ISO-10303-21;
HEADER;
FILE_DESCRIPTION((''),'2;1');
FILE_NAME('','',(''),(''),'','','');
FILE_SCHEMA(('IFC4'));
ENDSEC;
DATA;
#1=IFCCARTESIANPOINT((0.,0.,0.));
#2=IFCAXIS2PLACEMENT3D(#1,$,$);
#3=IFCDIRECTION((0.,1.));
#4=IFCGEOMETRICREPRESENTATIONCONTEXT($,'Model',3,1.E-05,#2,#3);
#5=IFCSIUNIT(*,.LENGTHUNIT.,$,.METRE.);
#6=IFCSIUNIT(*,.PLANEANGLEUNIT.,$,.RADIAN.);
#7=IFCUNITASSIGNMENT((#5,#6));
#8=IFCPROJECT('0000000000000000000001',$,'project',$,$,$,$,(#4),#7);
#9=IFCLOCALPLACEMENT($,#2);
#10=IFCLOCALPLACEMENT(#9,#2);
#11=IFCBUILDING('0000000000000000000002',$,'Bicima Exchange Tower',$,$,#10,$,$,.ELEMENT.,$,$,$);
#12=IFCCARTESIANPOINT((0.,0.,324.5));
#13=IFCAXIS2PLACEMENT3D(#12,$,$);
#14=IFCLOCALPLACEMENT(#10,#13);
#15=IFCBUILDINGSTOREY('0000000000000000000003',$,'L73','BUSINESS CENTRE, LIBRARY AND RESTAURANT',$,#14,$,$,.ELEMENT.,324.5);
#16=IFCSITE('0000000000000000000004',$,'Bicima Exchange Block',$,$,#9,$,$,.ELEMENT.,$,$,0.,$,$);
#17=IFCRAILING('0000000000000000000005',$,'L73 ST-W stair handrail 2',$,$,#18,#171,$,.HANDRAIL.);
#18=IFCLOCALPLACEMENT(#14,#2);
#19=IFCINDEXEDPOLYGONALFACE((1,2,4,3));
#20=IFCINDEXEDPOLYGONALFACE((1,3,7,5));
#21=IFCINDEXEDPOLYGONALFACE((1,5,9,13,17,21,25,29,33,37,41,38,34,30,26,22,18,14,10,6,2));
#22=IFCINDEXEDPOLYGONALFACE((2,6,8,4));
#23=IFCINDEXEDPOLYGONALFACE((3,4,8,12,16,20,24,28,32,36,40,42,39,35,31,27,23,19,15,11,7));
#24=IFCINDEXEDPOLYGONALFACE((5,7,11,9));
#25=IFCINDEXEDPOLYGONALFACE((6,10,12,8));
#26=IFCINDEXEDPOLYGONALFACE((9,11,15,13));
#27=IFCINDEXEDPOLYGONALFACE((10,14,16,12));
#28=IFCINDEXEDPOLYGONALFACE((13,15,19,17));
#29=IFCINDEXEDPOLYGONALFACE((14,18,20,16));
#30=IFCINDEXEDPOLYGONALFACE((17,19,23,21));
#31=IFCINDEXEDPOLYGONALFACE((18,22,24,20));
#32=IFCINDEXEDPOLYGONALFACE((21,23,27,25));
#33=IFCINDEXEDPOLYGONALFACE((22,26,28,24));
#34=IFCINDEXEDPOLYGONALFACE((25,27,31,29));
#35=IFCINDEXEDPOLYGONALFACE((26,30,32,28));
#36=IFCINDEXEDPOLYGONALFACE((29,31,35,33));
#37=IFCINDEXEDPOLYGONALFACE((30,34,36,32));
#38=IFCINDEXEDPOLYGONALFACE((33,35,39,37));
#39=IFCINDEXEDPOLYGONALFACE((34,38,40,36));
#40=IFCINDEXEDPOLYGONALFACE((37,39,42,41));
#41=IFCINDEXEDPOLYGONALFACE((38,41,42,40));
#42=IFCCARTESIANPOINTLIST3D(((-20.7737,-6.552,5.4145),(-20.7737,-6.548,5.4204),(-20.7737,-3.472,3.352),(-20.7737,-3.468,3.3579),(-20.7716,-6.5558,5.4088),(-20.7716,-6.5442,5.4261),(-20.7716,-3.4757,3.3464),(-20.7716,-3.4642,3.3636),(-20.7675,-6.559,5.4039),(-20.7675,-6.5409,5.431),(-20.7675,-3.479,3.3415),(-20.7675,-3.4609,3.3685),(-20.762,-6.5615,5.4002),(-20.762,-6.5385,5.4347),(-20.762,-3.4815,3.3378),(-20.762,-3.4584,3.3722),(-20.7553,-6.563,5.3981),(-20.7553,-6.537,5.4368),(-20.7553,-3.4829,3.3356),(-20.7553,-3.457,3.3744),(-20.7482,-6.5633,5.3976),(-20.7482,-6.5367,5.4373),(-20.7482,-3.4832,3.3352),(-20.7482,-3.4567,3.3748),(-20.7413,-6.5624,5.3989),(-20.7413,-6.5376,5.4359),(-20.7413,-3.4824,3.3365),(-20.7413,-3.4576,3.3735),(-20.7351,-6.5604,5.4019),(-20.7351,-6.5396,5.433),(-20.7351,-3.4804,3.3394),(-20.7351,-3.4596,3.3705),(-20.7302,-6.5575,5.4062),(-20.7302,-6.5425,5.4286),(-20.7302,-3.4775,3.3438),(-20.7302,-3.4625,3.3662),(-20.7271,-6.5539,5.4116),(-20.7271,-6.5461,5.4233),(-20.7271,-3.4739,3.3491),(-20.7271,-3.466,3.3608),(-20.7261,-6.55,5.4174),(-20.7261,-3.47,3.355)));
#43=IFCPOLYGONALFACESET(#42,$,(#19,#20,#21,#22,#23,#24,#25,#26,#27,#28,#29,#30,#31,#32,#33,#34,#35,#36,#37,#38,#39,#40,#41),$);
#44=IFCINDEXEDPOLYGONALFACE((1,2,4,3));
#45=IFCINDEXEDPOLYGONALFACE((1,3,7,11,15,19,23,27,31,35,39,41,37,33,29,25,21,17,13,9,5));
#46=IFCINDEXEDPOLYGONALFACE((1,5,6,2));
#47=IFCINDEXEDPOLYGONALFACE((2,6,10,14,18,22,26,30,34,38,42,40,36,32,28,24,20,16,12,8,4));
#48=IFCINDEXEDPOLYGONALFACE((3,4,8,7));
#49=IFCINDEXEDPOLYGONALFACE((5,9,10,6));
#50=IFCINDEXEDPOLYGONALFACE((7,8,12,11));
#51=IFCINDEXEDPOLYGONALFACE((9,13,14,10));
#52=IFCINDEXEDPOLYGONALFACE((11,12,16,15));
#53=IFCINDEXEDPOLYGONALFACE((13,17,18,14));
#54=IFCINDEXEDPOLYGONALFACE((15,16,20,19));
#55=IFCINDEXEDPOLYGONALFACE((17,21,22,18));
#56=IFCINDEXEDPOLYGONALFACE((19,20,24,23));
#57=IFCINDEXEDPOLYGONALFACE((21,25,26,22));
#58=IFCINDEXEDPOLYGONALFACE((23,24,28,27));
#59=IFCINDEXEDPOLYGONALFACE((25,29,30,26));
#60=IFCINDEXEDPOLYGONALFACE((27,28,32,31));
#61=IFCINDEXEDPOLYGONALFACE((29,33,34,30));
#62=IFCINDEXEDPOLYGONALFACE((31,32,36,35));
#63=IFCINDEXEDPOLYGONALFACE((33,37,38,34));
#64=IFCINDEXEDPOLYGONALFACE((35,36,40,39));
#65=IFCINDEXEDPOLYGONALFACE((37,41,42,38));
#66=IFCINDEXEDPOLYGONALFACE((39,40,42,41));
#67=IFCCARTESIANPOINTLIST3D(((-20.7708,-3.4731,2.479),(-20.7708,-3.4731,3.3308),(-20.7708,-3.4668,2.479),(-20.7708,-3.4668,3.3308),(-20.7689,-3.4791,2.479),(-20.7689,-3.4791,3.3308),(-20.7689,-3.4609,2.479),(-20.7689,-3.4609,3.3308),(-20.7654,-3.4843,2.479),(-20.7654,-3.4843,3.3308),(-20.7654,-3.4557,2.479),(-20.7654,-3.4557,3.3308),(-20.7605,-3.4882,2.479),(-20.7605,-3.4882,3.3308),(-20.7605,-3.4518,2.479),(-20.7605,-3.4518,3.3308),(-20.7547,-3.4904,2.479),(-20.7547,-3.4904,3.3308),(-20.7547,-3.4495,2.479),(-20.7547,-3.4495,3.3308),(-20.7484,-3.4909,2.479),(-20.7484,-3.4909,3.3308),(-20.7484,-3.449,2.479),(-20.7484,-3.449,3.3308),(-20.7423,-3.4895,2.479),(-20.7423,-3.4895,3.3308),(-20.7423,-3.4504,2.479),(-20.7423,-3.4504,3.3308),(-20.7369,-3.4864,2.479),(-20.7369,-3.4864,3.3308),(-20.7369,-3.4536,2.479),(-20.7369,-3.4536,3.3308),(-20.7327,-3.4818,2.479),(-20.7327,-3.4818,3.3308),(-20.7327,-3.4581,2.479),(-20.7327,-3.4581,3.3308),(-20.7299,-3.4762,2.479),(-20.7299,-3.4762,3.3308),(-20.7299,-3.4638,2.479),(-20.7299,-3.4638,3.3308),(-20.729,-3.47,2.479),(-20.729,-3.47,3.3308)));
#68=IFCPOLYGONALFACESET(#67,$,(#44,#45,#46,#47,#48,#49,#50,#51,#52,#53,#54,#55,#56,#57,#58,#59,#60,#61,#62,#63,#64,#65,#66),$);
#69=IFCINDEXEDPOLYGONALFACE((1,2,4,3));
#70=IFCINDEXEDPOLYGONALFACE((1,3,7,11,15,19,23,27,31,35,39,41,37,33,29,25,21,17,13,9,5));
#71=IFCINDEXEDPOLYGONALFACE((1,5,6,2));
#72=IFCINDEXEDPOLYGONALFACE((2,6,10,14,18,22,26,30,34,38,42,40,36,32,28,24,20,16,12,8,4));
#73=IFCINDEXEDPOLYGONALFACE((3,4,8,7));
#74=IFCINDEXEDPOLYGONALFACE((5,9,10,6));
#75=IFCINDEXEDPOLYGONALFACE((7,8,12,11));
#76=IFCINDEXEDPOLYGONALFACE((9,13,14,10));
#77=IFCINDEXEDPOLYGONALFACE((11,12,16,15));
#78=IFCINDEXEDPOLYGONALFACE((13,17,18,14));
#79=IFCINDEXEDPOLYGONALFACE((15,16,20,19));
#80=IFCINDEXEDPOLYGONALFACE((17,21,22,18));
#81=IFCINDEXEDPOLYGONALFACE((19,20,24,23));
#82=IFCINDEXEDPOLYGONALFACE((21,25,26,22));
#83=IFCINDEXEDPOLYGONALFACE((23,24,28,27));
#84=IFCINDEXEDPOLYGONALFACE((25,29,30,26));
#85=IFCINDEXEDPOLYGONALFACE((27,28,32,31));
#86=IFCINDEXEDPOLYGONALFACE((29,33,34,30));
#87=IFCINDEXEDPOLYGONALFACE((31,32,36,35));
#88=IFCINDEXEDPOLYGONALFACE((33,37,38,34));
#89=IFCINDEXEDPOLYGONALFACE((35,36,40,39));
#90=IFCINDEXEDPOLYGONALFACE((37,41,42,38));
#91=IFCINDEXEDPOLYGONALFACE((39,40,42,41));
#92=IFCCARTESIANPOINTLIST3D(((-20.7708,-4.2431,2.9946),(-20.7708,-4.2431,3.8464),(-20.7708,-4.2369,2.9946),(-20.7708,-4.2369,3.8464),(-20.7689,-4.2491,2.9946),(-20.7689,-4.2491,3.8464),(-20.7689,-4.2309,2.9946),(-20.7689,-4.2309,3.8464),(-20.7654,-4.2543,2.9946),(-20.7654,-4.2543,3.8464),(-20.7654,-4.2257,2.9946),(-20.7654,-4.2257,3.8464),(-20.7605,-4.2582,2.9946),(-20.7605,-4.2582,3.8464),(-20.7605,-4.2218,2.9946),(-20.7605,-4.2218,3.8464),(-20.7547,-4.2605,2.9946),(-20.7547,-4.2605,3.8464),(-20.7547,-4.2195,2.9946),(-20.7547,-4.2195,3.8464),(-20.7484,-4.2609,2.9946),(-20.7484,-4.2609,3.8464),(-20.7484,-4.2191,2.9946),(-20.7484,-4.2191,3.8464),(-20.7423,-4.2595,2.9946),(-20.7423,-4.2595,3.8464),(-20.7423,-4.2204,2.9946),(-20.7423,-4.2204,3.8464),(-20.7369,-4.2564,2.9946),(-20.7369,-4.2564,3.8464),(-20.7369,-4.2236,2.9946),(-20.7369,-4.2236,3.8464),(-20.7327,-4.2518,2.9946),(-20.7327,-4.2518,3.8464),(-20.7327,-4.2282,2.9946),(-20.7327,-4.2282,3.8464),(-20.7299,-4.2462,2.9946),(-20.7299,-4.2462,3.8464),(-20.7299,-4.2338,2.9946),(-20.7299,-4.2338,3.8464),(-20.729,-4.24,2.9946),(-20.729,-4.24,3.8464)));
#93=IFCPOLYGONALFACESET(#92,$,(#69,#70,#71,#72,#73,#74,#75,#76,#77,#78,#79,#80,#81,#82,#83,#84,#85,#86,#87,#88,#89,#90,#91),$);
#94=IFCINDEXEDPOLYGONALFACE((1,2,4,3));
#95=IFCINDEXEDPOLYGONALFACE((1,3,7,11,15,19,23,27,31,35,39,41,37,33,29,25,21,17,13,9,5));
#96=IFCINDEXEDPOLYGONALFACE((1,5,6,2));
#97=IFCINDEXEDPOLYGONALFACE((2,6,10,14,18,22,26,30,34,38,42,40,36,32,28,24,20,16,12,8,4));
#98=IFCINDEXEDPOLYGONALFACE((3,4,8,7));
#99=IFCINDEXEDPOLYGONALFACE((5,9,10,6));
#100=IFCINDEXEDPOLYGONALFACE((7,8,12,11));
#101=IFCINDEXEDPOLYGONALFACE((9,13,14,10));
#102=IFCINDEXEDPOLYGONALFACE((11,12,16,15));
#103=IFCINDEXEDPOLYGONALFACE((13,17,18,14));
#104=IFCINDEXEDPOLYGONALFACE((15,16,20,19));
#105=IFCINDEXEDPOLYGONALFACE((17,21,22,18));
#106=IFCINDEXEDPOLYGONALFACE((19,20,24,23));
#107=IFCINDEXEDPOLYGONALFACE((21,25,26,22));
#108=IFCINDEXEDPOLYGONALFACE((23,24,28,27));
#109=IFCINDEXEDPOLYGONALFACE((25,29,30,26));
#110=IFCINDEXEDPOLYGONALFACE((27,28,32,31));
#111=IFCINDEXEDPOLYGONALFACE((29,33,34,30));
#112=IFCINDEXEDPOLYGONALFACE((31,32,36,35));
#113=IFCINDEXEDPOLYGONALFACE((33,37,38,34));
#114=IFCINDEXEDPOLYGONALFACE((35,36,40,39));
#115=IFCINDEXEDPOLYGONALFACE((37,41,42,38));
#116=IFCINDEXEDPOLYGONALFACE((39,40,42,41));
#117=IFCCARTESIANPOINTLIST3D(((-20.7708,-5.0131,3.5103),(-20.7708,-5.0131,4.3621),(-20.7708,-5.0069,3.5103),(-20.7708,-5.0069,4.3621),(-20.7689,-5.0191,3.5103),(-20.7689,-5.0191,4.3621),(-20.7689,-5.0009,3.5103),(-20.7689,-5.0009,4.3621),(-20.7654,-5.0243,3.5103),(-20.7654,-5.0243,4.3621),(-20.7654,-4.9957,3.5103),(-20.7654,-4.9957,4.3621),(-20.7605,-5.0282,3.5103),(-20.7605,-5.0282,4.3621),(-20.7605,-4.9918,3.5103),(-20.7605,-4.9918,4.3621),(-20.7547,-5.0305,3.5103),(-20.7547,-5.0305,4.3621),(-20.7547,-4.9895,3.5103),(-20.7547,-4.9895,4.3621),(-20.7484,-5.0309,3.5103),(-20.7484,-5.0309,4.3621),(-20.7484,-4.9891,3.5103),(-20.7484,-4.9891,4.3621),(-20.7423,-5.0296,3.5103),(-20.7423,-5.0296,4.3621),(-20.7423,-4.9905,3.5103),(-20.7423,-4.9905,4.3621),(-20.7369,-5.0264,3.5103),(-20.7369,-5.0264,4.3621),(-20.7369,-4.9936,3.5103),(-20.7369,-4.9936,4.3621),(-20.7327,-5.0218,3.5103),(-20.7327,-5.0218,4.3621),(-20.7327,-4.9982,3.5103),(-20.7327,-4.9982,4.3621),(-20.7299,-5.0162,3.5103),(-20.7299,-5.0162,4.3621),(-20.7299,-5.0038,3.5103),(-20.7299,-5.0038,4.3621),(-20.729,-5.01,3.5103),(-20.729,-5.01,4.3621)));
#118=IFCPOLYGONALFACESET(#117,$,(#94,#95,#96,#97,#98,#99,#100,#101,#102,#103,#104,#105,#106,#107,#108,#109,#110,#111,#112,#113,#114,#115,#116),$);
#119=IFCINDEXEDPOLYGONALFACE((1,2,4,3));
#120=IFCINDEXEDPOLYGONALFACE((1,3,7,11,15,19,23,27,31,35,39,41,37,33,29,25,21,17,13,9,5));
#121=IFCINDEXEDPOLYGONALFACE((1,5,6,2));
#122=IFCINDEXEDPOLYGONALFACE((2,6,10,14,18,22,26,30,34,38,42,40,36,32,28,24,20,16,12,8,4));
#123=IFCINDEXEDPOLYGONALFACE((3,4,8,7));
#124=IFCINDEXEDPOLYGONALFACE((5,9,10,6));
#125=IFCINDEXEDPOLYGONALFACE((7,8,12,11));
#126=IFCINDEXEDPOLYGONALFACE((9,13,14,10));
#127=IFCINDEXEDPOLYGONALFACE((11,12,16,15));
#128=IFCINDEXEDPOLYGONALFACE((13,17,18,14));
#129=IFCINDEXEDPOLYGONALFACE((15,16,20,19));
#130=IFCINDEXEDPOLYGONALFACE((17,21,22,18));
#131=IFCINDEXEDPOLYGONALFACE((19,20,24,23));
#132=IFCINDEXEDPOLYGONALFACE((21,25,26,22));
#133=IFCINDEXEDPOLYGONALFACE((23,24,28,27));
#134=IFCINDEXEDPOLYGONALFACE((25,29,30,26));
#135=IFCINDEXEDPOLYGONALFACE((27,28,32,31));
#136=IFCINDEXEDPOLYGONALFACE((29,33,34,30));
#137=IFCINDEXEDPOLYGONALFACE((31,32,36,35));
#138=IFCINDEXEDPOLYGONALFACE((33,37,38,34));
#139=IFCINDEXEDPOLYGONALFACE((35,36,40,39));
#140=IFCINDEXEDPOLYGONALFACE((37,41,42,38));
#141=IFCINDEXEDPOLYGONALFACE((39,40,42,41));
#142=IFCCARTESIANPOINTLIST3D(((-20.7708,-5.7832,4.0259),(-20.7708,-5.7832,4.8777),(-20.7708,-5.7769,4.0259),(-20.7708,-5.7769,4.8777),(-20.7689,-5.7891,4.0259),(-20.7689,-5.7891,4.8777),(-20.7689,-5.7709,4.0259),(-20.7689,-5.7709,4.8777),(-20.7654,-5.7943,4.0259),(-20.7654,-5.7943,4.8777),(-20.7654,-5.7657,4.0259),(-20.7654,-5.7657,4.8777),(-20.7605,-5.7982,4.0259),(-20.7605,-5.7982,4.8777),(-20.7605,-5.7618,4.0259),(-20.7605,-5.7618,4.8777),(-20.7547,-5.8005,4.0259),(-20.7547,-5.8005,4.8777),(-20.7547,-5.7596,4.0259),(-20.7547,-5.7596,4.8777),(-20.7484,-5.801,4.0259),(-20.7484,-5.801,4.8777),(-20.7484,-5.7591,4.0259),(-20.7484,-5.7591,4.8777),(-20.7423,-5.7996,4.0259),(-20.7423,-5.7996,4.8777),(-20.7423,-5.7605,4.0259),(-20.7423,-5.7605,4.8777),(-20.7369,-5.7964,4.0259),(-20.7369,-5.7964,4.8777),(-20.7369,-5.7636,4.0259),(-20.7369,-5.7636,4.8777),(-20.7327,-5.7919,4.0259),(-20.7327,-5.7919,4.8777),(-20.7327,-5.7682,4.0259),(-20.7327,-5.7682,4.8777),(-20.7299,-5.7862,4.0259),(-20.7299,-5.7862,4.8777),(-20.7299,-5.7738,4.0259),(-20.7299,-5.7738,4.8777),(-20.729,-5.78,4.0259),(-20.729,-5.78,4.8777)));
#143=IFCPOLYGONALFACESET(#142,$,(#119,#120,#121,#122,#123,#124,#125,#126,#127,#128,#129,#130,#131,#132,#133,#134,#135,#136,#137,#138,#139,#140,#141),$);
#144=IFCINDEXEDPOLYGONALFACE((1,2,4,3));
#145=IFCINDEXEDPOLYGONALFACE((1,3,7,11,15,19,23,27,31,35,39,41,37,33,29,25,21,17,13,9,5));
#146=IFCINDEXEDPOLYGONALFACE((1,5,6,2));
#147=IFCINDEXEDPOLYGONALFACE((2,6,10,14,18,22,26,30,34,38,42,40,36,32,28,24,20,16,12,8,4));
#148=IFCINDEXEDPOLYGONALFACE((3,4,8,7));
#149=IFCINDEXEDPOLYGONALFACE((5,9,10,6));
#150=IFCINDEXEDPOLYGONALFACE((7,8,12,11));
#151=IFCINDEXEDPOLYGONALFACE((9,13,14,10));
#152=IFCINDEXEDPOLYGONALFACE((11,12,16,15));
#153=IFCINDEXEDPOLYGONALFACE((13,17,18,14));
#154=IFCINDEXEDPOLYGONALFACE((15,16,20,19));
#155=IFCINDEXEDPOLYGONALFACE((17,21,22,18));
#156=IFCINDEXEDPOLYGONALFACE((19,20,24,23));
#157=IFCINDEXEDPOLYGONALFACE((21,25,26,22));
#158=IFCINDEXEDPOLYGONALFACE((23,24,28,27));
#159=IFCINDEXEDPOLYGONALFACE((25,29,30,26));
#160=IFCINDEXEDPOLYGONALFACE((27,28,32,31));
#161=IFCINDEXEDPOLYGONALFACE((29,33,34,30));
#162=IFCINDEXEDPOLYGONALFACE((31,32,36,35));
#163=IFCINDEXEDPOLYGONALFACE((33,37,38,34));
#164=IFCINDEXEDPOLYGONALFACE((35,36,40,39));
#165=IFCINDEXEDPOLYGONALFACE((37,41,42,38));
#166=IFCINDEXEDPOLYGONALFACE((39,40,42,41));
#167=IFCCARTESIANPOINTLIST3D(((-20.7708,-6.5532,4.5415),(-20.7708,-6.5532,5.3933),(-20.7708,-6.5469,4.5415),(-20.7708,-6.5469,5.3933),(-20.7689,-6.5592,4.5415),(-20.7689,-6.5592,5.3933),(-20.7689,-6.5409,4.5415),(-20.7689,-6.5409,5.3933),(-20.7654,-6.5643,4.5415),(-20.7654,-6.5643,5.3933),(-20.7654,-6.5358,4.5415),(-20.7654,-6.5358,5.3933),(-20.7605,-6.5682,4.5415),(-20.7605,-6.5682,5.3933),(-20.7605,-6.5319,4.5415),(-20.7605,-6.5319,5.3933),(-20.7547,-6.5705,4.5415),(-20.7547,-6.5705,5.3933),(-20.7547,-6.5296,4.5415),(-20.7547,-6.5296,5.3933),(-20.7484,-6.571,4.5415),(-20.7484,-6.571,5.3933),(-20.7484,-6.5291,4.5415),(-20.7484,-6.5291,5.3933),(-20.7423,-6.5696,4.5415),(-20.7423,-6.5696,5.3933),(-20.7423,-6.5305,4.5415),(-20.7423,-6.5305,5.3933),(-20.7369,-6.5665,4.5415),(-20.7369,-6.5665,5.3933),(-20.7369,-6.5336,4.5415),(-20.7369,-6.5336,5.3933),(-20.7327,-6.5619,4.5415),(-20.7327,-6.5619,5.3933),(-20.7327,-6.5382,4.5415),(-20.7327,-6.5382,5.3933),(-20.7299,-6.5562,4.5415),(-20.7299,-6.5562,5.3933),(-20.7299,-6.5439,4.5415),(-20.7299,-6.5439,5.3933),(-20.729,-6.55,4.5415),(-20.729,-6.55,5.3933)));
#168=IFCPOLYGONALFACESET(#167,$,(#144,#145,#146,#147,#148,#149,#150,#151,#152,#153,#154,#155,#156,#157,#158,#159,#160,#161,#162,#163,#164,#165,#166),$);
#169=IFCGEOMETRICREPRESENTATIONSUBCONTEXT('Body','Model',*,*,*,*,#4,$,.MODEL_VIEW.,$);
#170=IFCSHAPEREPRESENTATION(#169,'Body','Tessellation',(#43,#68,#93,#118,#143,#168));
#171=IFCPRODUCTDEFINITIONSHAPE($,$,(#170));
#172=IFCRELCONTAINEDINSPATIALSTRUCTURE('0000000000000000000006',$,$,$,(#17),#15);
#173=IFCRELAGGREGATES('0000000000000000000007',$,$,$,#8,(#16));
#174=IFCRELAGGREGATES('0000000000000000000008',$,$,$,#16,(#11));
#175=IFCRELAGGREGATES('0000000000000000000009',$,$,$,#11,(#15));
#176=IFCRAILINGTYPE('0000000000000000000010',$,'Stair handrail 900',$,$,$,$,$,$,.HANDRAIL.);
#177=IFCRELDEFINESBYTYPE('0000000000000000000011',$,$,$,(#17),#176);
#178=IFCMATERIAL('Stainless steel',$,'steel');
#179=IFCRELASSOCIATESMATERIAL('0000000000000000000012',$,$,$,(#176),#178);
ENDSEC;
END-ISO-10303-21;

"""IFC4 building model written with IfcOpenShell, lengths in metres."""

from ifc_helpers import new_model, si_unit, direction, frame, origin, origin_2d, place, context, subcontext, project, spatial, circle, extrude, material, type_object, element, save


model = new_model("IFC4")

# Units and contexts
model_context = context("Model", 3, precision=1e-05, world=origin(), true_north=direction((0.0, 1.0)))
body_context = subcontext(model_context, "Body", "Model", "MODEL_VIEW")
ifc_project = project(units=[si_unit("LENGTHUNIT", "METRE"), si_unit("PLANEANGLEUNIT", "RADIAN")], contexts=[model_context])

# Site, building, storey
site_placement = place(None, origin())
site = spatial("IfcSite", under=ifc_project, at=site_placement, Name="Bicima Exchange Block", CompositionType="ELEMENT", RefElevation=0.0)
building_placement = place(site_placement, origin())
building = spatial("IfcBuilding", under=site, at=building_placement, Name="Bicima Exchange Tower", CompositionType="ELEMENT")
storey_placement = place(building_placement, frame((0.0, 0.0, 324.5)))
storey = spatial("IfcBuildingStorey", under=building, at=storey_placement, Name="L73", Description="BUSINESS CENTRE, LIBRARY AND RESTAURANT", CompositionType="ELEMENT", Elevation=324.5)

# Railing
ifc_material_1 = material(Name="Stainless steel", Category="steel")
railing_type_1 = type_object("IfcRailingType", Name="Stair handrail 900", PredefinedType="HANDRAIL", material=ifc_material_1)
railing_1_placement = place(storey_placement, frame((-20.75, -3.47, 2.479)))
element("IfcRailing", 1, at=railing_1_placement, inside=storey, type_object=railing_type_1, Name="L73 ST-W stair handrail 2", PredefinedType="HANDRAIL", context=body_context, shape_type="SweptSolid", body=[
    extrude(circle(Radius=0.0239, at=origin_2d()), frame((0.0, 0.0, 0.876), z_axis=(0.0, -0.830914, 0.556401), x_axis=(1.0, 0.0, 0.0)), (0.0, 0.0, 1.0), 3.7068),
    extrude(circle(Radius=0.021, at=origin_2d()), origin(), (0.0, 0.0, 1.0), 0.8518),
    extrude(circle(Radius=0.021, at=origin_2d()), frame((0.0, -0.77, 0.5156)), (0.0, 0.0, 1.0), 0.8518),
    extrude(circle(Radius=0.021, at=origin_2d()), frame((0.0, -1.54, 1.0312)), (0.0, 0.0, 1.0), 0.8518),
    extrude(circle(Radius=0.021, at=origin_2d()), frame((0.0, -2.3101, 1.5469)), (0.0, 0.0, 1.0), 0.8518),
    extrude(circle(Radius=0.021, at=origin_2d()), frame((0.0, -3.0801, 2.0625)), (0.0, 0.0, 1.0), 0.8518),
])

save(model, "model.ifc")
